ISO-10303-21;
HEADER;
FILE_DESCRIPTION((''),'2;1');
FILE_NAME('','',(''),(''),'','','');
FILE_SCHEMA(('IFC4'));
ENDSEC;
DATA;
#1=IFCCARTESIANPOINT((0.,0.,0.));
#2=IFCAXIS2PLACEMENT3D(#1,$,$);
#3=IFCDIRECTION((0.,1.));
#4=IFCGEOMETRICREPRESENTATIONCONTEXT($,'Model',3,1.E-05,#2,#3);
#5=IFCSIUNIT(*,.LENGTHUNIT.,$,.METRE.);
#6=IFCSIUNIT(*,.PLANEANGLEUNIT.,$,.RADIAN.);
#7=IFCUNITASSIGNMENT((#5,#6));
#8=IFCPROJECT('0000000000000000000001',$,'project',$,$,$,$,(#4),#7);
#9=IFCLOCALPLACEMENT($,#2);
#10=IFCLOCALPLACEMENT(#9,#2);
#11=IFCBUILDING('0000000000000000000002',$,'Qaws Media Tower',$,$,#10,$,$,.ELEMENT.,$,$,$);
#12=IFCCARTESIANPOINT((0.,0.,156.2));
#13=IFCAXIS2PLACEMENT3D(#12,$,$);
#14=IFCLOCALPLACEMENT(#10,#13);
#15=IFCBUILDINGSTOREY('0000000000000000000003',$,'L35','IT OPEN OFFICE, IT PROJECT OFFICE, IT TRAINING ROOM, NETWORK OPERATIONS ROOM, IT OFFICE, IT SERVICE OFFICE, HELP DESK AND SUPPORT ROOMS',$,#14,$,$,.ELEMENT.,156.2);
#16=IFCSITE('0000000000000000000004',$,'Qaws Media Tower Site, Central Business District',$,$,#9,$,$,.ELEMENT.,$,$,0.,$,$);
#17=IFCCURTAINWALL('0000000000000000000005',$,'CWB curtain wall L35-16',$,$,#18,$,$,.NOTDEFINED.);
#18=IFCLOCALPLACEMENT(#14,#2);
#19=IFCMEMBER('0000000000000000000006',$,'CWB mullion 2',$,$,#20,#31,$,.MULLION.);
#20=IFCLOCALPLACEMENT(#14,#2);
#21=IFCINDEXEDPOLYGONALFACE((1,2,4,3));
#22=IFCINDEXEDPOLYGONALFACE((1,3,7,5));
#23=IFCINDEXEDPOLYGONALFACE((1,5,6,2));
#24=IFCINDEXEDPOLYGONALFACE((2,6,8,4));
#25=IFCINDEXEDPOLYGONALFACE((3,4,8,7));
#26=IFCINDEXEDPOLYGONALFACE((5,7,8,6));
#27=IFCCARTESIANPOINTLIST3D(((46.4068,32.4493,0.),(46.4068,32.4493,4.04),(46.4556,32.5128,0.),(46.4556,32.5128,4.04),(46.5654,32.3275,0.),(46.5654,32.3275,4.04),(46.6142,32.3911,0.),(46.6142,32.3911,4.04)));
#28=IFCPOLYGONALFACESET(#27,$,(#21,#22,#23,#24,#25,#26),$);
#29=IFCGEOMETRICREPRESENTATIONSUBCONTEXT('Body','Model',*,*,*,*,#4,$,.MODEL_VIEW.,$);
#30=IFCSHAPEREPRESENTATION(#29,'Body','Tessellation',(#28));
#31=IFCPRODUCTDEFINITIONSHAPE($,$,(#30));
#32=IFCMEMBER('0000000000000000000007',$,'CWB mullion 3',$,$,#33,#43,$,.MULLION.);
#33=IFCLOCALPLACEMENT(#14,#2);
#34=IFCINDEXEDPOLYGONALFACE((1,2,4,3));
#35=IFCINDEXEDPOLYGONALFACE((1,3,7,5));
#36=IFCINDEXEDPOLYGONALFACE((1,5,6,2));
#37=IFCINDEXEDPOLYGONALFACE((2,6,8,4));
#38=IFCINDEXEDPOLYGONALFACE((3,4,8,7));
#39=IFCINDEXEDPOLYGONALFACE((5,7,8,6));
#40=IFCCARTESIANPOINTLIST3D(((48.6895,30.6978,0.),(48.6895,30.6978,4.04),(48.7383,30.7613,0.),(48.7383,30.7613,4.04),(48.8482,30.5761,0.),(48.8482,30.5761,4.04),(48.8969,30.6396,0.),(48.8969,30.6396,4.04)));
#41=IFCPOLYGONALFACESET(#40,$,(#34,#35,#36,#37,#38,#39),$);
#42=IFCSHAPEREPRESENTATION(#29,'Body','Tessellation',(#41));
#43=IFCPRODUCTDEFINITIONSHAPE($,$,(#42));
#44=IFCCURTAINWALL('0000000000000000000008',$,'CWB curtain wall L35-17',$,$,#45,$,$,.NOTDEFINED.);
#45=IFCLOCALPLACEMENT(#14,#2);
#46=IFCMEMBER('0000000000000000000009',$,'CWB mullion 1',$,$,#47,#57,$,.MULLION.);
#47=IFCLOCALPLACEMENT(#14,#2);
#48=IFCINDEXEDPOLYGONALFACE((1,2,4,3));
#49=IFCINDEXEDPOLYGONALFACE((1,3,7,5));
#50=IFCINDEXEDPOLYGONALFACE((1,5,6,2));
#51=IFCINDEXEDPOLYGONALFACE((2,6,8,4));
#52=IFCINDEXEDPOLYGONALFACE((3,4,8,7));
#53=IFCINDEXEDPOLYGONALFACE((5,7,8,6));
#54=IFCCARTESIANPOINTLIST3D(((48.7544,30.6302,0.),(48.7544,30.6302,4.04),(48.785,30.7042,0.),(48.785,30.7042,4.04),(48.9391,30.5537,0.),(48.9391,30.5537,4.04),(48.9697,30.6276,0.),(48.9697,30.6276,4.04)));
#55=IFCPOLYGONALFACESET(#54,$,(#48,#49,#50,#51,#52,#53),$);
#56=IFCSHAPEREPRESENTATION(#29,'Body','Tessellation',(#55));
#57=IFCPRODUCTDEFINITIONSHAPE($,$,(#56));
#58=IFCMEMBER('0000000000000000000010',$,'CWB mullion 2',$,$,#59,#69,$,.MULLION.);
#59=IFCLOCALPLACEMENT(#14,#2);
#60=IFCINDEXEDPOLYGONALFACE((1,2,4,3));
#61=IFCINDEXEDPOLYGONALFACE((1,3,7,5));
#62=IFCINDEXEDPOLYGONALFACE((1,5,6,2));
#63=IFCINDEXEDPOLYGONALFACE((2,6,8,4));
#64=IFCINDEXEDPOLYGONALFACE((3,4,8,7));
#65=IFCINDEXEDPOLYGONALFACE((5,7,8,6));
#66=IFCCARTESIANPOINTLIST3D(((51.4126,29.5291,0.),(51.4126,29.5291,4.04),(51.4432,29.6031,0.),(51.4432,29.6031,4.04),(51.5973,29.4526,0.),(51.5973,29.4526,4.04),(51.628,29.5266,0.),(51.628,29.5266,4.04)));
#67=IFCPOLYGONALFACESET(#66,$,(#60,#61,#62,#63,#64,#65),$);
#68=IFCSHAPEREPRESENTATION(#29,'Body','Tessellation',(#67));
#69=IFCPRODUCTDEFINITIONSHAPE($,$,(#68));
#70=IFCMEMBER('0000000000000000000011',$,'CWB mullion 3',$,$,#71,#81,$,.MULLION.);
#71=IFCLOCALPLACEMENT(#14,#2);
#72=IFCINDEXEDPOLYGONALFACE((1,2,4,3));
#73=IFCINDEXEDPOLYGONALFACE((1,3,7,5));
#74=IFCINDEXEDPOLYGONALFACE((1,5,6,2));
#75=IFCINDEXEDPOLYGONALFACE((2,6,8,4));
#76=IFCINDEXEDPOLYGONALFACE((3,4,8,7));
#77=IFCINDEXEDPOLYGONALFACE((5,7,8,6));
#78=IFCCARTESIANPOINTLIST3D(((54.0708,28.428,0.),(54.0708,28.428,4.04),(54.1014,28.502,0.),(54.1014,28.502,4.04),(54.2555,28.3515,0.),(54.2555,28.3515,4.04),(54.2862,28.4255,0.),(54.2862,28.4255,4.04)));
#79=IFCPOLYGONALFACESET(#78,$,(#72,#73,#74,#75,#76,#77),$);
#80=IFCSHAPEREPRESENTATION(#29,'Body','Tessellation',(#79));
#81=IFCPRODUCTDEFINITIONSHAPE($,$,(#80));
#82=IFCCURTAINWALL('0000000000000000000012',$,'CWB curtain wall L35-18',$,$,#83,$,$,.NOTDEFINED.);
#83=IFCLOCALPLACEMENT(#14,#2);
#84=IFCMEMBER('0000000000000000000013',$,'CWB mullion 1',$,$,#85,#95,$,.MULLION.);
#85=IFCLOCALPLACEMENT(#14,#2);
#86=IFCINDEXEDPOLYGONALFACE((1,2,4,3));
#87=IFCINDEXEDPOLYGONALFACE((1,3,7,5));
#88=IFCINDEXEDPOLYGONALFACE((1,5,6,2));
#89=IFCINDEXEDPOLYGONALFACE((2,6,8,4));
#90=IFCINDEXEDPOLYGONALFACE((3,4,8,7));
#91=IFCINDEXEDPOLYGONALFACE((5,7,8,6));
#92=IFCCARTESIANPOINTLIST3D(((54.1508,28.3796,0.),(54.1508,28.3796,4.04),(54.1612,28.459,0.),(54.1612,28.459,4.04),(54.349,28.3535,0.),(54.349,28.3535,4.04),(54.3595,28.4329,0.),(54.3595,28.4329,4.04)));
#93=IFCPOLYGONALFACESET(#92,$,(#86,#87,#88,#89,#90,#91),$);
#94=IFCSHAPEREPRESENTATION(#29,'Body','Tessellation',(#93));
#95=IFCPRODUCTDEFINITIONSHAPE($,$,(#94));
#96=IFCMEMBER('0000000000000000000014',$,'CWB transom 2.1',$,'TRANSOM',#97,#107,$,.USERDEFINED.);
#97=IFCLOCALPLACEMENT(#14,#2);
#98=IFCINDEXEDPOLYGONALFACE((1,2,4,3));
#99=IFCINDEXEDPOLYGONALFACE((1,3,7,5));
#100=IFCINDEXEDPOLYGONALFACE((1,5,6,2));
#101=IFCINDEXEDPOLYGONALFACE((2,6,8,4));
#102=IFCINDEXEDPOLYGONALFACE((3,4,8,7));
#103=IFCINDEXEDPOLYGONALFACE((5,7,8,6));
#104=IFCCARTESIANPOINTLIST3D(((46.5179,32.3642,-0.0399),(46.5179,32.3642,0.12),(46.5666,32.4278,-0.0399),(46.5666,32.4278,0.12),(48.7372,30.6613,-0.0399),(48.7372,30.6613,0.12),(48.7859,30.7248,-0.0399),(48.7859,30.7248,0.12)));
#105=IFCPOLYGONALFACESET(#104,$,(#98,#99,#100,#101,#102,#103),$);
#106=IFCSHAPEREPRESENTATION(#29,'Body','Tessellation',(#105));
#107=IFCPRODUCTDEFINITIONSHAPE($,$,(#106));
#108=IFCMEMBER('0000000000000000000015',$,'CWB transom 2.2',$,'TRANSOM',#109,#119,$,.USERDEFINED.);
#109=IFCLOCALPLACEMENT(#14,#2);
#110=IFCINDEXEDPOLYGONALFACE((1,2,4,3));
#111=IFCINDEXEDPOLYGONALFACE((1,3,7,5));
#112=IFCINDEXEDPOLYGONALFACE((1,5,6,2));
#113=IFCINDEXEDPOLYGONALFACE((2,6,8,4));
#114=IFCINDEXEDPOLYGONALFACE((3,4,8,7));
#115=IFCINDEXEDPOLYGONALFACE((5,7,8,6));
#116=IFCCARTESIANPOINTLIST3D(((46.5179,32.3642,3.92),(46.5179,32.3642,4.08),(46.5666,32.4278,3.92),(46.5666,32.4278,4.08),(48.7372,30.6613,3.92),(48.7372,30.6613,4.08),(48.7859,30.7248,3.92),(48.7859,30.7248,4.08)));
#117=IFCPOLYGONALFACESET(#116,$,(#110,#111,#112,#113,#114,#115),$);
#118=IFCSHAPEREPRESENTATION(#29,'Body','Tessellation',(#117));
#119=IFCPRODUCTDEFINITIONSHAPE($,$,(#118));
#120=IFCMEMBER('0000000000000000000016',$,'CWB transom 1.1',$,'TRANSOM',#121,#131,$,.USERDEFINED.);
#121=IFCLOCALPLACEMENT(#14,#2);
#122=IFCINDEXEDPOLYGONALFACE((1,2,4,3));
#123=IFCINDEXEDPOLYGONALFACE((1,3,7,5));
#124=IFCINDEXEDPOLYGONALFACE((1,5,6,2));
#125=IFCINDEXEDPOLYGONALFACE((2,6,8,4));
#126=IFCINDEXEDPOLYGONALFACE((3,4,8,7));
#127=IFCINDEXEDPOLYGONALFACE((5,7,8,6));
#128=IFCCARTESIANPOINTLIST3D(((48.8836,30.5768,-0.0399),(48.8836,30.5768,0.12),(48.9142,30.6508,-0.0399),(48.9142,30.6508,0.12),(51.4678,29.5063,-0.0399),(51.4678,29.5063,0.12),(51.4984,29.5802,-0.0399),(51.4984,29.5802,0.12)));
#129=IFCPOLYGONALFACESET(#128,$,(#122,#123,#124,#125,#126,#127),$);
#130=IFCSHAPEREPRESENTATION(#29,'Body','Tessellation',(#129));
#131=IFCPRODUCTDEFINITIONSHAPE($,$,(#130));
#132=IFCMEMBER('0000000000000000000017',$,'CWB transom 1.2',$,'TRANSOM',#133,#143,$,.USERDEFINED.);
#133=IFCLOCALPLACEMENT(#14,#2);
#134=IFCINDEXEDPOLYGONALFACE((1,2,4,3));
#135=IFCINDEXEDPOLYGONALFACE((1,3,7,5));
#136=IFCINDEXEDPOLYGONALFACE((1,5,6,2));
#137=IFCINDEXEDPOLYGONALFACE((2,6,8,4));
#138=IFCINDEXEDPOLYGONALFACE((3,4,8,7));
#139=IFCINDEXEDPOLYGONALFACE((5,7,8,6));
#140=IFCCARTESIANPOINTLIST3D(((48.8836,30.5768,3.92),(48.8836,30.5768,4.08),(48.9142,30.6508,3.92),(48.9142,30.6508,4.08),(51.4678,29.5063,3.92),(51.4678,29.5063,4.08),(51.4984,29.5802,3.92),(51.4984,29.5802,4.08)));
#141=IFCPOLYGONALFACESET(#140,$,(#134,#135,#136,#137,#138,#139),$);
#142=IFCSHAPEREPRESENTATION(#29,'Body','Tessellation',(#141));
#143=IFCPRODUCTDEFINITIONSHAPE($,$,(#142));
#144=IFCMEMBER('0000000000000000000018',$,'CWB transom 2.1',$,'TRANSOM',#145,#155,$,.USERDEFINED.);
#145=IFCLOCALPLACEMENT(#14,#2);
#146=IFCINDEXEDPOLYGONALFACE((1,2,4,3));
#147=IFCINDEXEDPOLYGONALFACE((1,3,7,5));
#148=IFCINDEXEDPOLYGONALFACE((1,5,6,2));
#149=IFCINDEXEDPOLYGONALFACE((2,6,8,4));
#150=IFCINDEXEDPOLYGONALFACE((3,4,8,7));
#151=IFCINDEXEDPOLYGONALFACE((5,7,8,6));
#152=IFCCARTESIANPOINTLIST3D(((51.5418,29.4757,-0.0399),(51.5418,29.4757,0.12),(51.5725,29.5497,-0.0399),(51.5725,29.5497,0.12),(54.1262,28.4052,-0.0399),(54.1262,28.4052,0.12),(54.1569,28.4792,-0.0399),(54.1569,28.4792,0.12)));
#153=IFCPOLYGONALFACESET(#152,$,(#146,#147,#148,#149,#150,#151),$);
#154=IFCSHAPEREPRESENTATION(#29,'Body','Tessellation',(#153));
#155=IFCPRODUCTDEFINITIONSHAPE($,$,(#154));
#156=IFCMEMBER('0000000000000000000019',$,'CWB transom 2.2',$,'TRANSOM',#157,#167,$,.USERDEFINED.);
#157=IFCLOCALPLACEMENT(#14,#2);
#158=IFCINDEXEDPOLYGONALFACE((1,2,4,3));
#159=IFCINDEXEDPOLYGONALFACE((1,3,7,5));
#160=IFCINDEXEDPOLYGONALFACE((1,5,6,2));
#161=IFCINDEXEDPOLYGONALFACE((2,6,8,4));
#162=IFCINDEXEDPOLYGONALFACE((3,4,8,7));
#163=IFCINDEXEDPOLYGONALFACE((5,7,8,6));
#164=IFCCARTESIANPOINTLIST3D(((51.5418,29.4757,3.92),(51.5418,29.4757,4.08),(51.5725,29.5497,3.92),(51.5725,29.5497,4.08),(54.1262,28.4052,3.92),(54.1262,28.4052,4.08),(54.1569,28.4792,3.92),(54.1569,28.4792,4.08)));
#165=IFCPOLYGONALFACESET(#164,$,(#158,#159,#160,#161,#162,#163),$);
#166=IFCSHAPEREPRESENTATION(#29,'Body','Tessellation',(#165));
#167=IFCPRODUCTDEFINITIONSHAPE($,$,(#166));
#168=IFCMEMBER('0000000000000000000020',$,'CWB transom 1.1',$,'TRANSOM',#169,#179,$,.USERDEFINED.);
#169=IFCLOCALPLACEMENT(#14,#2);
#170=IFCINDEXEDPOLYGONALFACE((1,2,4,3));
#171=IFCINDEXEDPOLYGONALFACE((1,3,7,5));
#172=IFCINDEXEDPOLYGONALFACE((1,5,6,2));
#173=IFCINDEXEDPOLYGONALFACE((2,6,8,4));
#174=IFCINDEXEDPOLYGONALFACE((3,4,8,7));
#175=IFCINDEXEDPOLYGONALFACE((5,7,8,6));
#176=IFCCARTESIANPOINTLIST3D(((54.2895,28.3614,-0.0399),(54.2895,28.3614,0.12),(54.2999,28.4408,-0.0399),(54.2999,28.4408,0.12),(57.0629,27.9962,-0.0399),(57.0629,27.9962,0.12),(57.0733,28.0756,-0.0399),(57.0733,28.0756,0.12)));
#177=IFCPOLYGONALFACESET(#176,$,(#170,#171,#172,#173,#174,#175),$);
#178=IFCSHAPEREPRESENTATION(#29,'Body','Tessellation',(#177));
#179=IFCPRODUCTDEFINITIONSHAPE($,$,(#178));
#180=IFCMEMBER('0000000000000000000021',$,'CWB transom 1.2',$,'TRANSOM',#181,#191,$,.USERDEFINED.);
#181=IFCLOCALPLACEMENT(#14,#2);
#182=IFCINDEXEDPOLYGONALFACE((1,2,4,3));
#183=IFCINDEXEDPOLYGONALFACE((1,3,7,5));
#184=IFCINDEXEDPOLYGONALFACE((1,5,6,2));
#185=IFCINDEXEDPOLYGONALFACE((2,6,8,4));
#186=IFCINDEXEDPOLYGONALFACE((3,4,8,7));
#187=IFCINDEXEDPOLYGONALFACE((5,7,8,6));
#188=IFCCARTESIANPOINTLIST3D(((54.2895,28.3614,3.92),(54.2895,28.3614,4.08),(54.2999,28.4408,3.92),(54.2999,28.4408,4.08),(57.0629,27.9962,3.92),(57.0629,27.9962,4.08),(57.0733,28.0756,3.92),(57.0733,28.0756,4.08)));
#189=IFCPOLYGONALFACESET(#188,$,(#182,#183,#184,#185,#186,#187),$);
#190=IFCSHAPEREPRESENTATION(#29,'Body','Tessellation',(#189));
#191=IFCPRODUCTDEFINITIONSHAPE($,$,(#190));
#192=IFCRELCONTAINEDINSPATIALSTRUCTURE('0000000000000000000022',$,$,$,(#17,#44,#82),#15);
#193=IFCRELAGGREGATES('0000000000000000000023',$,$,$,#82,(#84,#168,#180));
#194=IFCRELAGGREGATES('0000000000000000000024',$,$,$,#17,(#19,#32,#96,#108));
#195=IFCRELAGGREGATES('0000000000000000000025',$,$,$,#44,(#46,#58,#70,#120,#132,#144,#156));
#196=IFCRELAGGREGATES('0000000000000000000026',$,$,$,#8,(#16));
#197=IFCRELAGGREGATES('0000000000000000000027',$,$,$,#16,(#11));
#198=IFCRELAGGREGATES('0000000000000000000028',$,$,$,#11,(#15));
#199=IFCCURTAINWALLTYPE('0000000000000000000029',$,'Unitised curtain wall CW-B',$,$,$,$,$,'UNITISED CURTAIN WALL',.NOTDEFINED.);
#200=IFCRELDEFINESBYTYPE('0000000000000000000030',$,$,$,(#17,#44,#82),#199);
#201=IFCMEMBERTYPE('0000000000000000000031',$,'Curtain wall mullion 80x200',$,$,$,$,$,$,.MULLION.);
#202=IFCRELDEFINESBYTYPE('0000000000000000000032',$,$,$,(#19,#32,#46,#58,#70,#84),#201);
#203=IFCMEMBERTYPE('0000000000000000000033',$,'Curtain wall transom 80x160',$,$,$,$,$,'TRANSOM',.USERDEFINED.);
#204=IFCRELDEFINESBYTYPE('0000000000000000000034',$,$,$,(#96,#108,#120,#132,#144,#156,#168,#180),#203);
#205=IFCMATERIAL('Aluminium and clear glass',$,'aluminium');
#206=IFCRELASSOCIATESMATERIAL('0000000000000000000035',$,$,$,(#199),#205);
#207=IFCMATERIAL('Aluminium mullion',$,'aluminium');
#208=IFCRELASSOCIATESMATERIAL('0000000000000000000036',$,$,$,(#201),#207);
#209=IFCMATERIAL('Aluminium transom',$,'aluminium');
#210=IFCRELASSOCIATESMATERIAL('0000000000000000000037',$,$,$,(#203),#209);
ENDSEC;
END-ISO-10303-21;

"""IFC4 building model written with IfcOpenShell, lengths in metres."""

from ifc_helpers import new_model, si_unit, direction, frame, origin, origin_2d, place, context, subcontext, project, spatial, rectangle, extrude, material, material_profile, profile_set, type_object, element, aggregate, save


model = new_model("IFC4")

# Units and contexts
model_context = context("Model", 3, precision=1e-05, world=origin(), true_north=direction((0.0, 1.0)))
body_context = subcontext(model_context, "Body", "Model", "MODEL_VIEW")
ifc_project = project(units=[si_unit("LENGTHUNIT", "METRE"), si_unit("PLANEANGLEUNIT", "RADIAN")], contexts=[model_context])

# Site, building, storey
site_placement = place(None, origin())
site = spatial("IfcSite", under=ifc_project, at=site_placement, Name="Qaws Media Tower Site, Central Business District", CompositionType="ELEMENT", RefElevation=0.0)
building_placement = place(site_placement, origin())
building = spatial("IfcBuilding", under=site, at=building_placement, Name="Qaws Media Tower", CompositionType="ELEMENT")
storey_placement = place(building_placement, frame((0.0, 0.0, 156.2)))
storey = spatial("IfcBuildingStorey", under=building, at=storey_placement, Name="L35", Description="IT OPEN OFFICE, IT PROJECT OFFICE, IT TRAINING ROOM, NETWORK OPERATIONS ROOM, IT OFFICE, IT SERVICE OFFICE, HELP DESK AND SUPPORT ROOMS", CompositionType="ELEMENT", Elevation=156.2)

# Curtain walls, members
ifc_material_1 = material(Name="Aluminium and clear glass", Category="aluminium")
curtain_wall_type = type_object("IfcCurtainWallType", Name="Unitised curtain wall CW-B", ElementType="UNITISED CURTAIN WALL", PredefinedType="NOTDEFINED", material=ifc_material_1)
curtain_wall_1_placement = place(storey_placement, origin())
curtain_wall_1 = element("IfcCurtainWall", 1, at=curtain_wall_1_placement, inside=storey, type_object=curtain_wall_type, Name="CWB curtain wall L35-16", PredefinedType="NOTDEFINED")
ifc_material_2 = material(Name="Aluminium mullion", Category="aluminium")
ifc_material_profile_1 = material_profile(ifc_material_2, rectangle(XDim=0.0801, YDim=0.2, at=origin_2d()), Name="80x200")
ifc_profile_set_1 = profile_set([ifc_material_profile_1], Name="Aluminium mullion")
member_type_1 = type_object("IfcMemberType", Name="Curtain wall mullion 80x200", PredefinedType="MULLION", material=ifc_profile_set_1)
member_1_placement = place(storey_placement, frame((46.5105, 32.4202, 0.0), z_axis=(0.0, 0.0, 1.0), x_axis=(0.608761, 0.793353, 0.0)))
member_1 = element("IfcMember", 2, at=member_1_placement, type_object=member_type_1, Name="CWB mullion 2", PredefinedType="MULLION", context=body_context, shape_type="SweptSolid", body=[
    extrude(rectangle(XDim=0.0801, YDim=0.2, at=origin_2d()), origin(), (0.0, 0.0, 1.0), 4.04),
])
member_2_placement = place(storey_placement, frame((48.7932, 30.6687, 0.0), z_axis=(0.0, 0.0, 1.0), x_axis=(0.608761, 0.793353, 0.0)))
member_2 = element("IfcMember", 3, at=member_2_placement, type_object=member_type_1, Name="CWB mullion 3", PredefinedType="MULLION", context=body_context, shape_type="SweptSolid", body=[
    extrude(rectangle(XDim=0.0801, YDim=0.2, at=origin_2d()), origin(), (0.0, 0.0, 1.0), 4.04),
])
curtain_wall_2_placement = place(storey_placement, origin())
curtain_wall_2 = element("IfcCurtainWall", 4, at=curtain_wall_2_placement, inside=storey, type_object=curtain_wall_type, Name="CWB curtain wall L35-17", PredefinedType="NOTDEFINED")
member_3_placement = place(storey_placement, frame((48.8621, 30.6289, 0.0), z_axis=(0.0, 0.0, 1.0), x_axis=(0.382683, 0.92388, 0.0)))
member_3 = element("IfcMember", 5, at=member_3_placement, type_object=member_type_1, Name="CWB mullion 1", PredefinedType="MULLION", context=body_context, shape_type="SweptSolid", body=[
    extrude(rectangle(XDim=0.0801, YDim=0.2, at=origin_2d()), origin(), (0.0, 0.0, 1.0), 4.04),
])
member_4_placement = place(storey_placement, frame((51.5203, 29.5278, 0.0), z_axis=(0.0, 0.0, 1.0), x_axis=(0.382683, 0.92388, 0.0)))
member_4 = element("IfcMember", 6, at=member_4_placement, type_object=member_type_1, Name="CWB mullion 2", PredefinedType="MULLION", context=body_context, shape_type="SweptSolid", body=[
    extrude(rectangle(XDim=0.0801, YDim=0.2, at=origin_2d()), origin(), (0.0, 0.0, 1.0), 4.04),
])
member_5_placement = place(storey_placement, frame((54.1785, 28.4268, 0.0), z_axis=(0.0, 0.0, 1.0), x_axis=(0.382683, 0.92388, 0.0)))
member_5 = element("IfcMember", 7, at=member_5_placement, type_object=member_type_1, Name="CWB mullion 3", PredefinedType="MULLION", context=body_context, shape_type="SweptSolid", body=[
    extrude(rectangle(XDim=0.0801, YDim=0.2, at=origin_2d()), origin(), (0.0, 0.0, 1.0), 4.04),
])

# Curtain wall, member
curtain_wall_3_placement = place(storey_placement, origin())
curtain_wall_3 = element("IfcCurtainWall", 8, at=curtain_wall_3_placement, inside=storey, type_object=curtain_wall_type, Name="CWB curtain wall L35-18", PredefinedType="NOTDEFINED")
member_6_placement = place(storey_placement, frame((54.2551, 28.4062, 0.0), z_axis=(0.0, 0.0, 1.0), x_axis=(0.130526, 0.991445, 0.0)))
member_6 = element("IfcMember", 9, at=member_6_placement, type_object=member_type_1, Name="CWB mullion 1", PredefinedType="MULLION", context=body_context, shape_type="SweptSolid", body=[
    extrude(rectangle(XDim=0.0801, YDim=0.2, at=origin_2d()), origin(), (0.0, 0.0, 1.0), 4.04),
])

# Members
ifc_material_3 = material(Name="Aluminium transom", Category="aluminium")
ifc_material_profile_2 = material_profile(ifc_material_3, rectangle(XDim=0.0801, YDim=0.1599, at=origin_2d()), Name="80x160")
ifc_profile_set_2 = profile_set([ifc_material_profile_2], Name="Aluminium transom")
member_type_2 = type_object("IfcMemberType", Name="Curtain wall transom 80x160", ElementType="TRANSOM", PredefinedType="USERDEFINED", material=ifc_profile_set_2)
member_7_placement = place(storey_placement, frame((46.5422, 32.396, 0.04), z_axis=(0.793353, -0.608761, 0.0), x_axis=(0.608761, 0.793353, 0.0)))
member_7 = element("IfcMember", 10, at=member_7_placement, type_object=member_type_2, Name="CWB transom 2.1", ObjectType="TRANSOM", PredefinedType="USERDEFINED", context=body_context, shape_type="SweptSolid", body=[
    extrude(rectangle(XDim=0.0801, YDim=0.1599, at=origin_2d()), origin(), (0.0, 0.0, 1.0), 2.7974),
])
member_8_placement = place(storey_placement, frame((46.5422, 32.396, 4.0), z_axis=(0.793353, -0.608761, 0.0), x_axis=(0.608761, 0.793353, 0.0)))
member_8 = element("IfcMember", 11, at=member_8_placement, type_object=member_type_2, Name="CWB transom 2.2", ObjectType="TRANSOM", PredefinedType="USERDEFINED", context=body_context, shape_type="SweptSolid", body=[
    extrude(rectangle(XDim=0.0801, YDim=0.1599, at=origin_2d()), origin(), (0.0, 0.0, 1.0), 2.7974),
])
member_9_placement = place(storey_placement, frame((48.8989, 30.6138, 0.04), z_axis=(0.923863, -0.382724, 0.0), x_axis=(0.382724, 0.923863, 0.0)))
member_9 = element("IfcMember", 12, at=member_9_placement, type_object=member_type_2, Name="CWB transom 1.1", ObjectType="TRANSOM", PredefinedType="USERDEFINED", context=body_context, shape_type="SweptSolid", body=[
    extrude(rectangle(XDim=0.0801, YDim=0.1599, at=origin_2d()), origin(), (0.0, 0.0, 1.0), 2.7971),
])
member_10_placement = place(storey_placement, frame((48.8989, 30.6138, 4.0), z_axis=(0.923863, -0.382724, 0.0), x_axis=(0.382724, 0.923863, 0.0)))
member_10 = element("IfcMember", 13, at=member_10_placement, type_object=member_type_2, Name="CWB transom 1.2", ObjectType="TRANSOM", PredefinedType="USERDEFINED", context=body_context, shape_type="SweptSolid", body=[
    extrude(rectangle(XDim=0.0801, YDim=0.1599, at=origin_2d()), origin(), (0.0, 0.0, 1.0), 2.7971),
])
member_11_placement = place(storey_placement, frame((51.5571, 29.5127, 0.04), z_axis=(0.923875, -0.382694, 0.0), x_axis=(0.382694, 0.923875, 0.0)))
member_11 = element("IfcMember", 14, at=member_11_placement, type_object=member_type_2, Name="CWB transom 2.1", ObjectType="TRANSOM", PredefinedType="USERDEFINED", context=body_context, shape_type="SweptSolid", body=[
    extrude(rectangle(XDim=0.0801, YDim=0.1599, at=origin_2d()), origin(), (0.0, 0.0, 1.0), 2.7974),
])
member_12_placement = place(storey_placement, frame((51.5571, 29.5127, 4.0), z_axis=(0.923875, -0.382694, 0.0), x_axis=(0.382694, 0.923875, 0.0)))
member_12 = element("IfcMember", 15, at=member_12_placement, type_object=member_type_2, Name="CWB transom 2.2", ObjectType="TRANSOM", PredefinedType="USERDEFINED", context=body_context, shape_type="SweptSolid", body=[
    extrude(rectangle(XDim=0.0801, YDim=0.1599, at=origin_2d()), origin(), (0.0, 0.0, 1.0), 2.7974),
])
member_13_placement = place(storey_placement, frame((54.2947, 28.4011, 0.04), z_axis=(0.99144, -0.130563, 0.0), x_axis=(0.130563, 0.99144, 0.0)))
member_13 = element("IfcMember", 16, at=member_13_placement, type_object=member_type_2, Name="CWB transom 1.1", ObjectType="TRANSOM", PredefinedType="USERDEFINED", context=body_context, shape_type="SweptSolid", body=[
    extrude(rectangle(XDim=0.0801, YDim=0.1599, at=origin_2d()), origin(), (0.0, 0.0, 1.0), 2.7974),
])
member_14_placement = place(storey_placement, frame((54.2947, 28.4011, 4.0), z_axis=(0.99144, -0.130563, 0.0), x_axis=(0.130563, 0.99144, 0.0)))
member_14 = element("IfcMember", 17, at=member_14_placement, type_object=member_type_2, Name="CWB transom 1.2", ObjectType="TRANSOM", PredefinedType="USERDEFINED", context=body_context, shape_type="SweptSolid", body=[
    extrude(rectangle(XDim=0.0801, YDim=0.1599, at=origin_2d()), origin(), (0.0, 0.0, 1.0), 2.7974),
])
aggregate(curtain_wall_3, [member_6, member_13, member_14])

aggregate(curtain_wall_1, [member_1, member_2, member_7, member_8])
aggregate(curtain_wall_2, [member_3, member_4, member_5, member_9, member_10, member_11, member_12])

save(model, "model.ifc")
